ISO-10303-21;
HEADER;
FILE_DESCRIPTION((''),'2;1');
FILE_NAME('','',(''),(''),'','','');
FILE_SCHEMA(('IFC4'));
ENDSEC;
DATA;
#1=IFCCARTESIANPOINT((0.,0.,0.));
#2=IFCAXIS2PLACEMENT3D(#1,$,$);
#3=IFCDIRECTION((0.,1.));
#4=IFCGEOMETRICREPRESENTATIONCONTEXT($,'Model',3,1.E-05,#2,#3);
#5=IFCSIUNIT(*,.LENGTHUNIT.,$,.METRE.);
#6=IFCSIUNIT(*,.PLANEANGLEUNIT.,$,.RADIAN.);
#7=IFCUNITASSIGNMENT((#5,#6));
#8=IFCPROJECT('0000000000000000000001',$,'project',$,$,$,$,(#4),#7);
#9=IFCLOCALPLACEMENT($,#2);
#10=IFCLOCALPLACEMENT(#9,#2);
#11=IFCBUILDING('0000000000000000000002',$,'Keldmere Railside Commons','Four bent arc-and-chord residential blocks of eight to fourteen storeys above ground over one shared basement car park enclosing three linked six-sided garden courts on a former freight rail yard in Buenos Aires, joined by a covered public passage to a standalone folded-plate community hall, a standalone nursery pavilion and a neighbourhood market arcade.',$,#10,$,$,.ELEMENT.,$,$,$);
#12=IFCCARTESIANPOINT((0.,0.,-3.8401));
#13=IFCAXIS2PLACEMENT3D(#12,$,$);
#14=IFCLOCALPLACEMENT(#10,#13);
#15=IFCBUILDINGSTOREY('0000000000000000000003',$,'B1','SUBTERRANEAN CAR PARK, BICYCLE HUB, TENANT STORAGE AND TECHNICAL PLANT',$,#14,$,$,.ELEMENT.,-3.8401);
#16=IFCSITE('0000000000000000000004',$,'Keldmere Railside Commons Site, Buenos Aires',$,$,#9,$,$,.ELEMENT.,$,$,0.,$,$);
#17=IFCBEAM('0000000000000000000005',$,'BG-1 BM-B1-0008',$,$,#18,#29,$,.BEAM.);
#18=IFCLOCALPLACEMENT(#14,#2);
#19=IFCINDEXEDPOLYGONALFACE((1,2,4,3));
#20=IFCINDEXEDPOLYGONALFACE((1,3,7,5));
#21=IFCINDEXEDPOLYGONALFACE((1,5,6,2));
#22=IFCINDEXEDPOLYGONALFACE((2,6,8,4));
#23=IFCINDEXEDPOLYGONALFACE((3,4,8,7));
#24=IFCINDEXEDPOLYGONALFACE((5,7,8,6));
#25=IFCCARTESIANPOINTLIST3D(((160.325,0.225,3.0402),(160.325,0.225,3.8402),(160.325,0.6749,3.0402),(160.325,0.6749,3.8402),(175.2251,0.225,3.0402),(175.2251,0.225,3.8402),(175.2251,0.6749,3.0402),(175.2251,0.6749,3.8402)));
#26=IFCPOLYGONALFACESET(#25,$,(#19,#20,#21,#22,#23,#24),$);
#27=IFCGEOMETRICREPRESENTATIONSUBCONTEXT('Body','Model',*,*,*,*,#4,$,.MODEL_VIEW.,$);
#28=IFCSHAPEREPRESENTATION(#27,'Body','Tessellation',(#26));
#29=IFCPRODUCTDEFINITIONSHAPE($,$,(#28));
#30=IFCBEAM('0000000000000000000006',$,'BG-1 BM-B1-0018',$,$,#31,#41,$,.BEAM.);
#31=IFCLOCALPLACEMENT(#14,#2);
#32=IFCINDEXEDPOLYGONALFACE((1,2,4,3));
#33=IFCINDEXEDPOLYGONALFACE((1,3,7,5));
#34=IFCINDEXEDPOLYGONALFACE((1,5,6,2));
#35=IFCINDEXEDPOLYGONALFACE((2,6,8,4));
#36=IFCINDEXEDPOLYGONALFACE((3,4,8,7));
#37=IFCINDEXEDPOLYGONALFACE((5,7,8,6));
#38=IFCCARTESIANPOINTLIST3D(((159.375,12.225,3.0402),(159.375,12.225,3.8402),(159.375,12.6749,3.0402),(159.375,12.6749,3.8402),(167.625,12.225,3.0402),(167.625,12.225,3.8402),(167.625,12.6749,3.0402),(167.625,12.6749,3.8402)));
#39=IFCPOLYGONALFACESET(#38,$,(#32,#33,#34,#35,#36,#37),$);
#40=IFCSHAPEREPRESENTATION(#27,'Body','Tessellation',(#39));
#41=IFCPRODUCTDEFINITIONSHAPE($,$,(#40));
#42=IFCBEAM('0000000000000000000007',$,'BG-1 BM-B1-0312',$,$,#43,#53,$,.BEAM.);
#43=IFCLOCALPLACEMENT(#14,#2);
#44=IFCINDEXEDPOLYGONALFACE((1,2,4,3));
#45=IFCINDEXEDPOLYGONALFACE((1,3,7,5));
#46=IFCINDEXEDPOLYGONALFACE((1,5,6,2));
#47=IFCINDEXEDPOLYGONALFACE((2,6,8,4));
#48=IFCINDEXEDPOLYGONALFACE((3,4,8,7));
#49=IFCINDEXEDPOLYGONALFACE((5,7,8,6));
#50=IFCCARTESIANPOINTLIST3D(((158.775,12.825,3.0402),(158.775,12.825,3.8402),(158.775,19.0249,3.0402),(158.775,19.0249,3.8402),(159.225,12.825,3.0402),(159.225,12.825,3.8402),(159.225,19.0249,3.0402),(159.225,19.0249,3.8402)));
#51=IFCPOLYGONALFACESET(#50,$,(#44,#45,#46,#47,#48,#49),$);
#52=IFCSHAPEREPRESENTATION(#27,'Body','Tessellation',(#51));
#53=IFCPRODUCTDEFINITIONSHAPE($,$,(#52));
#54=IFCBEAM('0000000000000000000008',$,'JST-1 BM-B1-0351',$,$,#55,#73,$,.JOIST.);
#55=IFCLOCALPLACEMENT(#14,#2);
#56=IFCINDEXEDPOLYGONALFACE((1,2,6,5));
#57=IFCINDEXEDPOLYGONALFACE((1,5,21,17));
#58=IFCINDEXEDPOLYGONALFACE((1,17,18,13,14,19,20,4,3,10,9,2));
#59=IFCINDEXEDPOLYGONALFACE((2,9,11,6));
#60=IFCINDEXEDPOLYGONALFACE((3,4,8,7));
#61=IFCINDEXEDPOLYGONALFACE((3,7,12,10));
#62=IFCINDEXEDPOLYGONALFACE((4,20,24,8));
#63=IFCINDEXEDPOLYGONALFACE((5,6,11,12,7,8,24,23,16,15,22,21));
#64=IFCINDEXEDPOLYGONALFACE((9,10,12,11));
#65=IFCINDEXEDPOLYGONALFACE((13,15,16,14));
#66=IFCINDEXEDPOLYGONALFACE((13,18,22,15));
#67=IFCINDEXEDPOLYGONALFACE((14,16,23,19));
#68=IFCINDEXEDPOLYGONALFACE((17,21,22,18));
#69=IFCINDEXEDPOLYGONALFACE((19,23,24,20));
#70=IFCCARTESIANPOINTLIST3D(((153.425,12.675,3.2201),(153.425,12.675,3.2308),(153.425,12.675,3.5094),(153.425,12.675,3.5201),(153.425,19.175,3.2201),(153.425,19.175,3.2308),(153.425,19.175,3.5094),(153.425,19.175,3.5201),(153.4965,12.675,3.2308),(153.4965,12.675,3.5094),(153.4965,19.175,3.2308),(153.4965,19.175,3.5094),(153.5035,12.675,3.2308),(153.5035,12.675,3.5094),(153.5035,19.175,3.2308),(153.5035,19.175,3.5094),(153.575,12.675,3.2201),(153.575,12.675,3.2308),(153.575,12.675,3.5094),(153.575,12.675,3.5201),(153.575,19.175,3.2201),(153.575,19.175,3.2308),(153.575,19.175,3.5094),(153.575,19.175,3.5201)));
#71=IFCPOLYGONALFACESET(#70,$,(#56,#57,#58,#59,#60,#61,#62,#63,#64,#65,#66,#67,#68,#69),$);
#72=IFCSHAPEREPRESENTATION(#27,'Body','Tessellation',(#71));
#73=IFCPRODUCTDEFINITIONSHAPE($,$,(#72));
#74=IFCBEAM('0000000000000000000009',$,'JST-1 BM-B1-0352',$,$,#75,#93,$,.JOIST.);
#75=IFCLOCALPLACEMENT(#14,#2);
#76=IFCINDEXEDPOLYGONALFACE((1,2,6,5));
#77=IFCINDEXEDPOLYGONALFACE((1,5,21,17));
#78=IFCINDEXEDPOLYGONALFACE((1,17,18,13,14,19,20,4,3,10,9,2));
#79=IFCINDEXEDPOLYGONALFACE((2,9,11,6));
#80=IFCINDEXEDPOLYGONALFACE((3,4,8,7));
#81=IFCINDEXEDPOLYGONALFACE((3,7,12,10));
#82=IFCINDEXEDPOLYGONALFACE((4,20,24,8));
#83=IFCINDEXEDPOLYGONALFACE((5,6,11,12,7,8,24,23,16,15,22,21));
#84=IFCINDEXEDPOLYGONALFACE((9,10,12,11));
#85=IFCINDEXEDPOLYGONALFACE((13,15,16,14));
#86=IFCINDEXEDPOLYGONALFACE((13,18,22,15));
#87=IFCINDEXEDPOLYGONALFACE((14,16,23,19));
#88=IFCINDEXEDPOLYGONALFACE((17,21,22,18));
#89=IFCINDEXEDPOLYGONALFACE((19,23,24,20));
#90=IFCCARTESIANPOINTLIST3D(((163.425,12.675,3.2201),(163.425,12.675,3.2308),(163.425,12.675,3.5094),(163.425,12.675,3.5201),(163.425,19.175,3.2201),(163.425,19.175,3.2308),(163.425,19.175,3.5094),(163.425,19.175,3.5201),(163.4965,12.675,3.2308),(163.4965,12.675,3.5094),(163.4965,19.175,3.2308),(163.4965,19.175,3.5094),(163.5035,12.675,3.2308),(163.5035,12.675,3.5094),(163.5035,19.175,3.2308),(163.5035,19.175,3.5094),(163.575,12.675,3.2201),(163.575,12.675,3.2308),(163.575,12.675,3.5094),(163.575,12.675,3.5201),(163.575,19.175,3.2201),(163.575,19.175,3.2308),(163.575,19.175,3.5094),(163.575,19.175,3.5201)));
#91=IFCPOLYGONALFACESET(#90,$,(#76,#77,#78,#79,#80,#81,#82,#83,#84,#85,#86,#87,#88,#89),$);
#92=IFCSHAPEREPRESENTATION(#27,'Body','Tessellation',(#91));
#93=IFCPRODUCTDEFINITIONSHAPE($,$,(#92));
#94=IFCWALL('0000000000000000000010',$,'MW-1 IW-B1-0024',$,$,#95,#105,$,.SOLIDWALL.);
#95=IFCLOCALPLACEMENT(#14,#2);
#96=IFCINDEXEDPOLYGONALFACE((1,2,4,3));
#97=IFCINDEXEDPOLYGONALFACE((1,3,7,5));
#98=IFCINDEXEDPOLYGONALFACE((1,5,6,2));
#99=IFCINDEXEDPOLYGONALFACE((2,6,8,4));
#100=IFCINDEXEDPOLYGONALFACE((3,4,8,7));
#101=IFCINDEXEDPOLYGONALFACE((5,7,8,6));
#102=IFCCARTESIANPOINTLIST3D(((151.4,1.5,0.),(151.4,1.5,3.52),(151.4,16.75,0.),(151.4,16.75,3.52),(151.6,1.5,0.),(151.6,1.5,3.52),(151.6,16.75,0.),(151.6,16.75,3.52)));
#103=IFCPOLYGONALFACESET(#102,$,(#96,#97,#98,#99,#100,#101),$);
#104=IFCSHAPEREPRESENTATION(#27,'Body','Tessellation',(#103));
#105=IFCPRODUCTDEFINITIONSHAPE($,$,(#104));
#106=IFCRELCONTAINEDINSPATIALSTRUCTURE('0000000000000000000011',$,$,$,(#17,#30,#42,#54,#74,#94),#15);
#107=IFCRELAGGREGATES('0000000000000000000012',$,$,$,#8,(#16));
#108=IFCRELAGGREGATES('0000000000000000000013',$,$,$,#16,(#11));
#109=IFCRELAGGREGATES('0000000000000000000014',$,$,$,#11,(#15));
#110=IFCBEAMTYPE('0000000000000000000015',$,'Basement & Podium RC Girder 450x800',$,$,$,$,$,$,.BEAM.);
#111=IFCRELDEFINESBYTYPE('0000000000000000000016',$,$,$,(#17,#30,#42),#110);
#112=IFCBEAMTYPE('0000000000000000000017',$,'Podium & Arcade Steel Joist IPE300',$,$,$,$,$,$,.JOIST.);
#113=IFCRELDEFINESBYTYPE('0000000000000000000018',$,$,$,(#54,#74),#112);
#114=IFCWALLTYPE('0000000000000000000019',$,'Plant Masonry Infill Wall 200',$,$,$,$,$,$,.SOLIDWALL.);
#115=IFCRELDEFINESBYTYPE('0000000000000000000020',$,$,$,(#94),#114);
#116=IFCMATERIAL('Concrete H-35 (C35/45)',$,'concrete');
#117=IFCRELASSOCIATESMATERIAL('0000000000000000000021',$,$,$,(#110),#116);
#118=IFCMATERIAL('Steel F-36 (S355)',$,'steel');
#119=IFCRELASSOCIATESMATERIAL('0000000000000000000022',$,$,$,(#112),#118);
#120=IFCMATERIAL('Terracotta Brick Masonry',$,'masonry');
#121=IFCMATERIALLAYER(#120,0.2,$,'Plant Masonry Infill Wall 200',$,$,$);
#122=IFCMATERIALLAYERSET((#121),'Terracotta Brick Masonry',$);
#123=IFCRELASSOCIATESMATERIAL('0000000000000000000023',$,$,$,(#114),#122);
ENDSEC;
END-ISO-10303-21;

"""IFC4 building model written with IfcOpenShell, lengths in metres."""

from ifc_helpers import new_model, si_unit, direction, frame, frame_2d, origin, origin_2d, place, context, subcontext, project, spatial, rectangle, i_section, extrude, material, layer, layer_set, material_profile, profile_set, type_object, element, save


model = new_model("IFC4")

# Units and contexts
model_context = context("Model", 3, precision=1e-05, world=origin(), true_north=direction((0.0, 1.0)))
body_context = subcontext(model_context, "Body", "Model", "MODEL_VIEW")
ifc_project = project(units=[si_unit("LENGTHUNIT", "METRE"), si_unit("PLANEANGLEUNIT", "RADIAN")], contexts=[model_context])

# Site, building, storey
site_placement = place(None, origin())
site = spatial("IfcSite", under=ifc_project, at=site_placement, Name="Keldmere Railside Commons Site, Buenos Aires", CompositionType="ELEMENT", RefElevation=0.0)
building_placement = place(site_placement, origin())
building = spatial("IfcBuilding", under=site, at=building_placement, Name="Keldmere Railside Commons", Description="Four bent arc-and-chord residential blocks of eight to fourteen storeys above ground over one shared basement car park enclosing three linked six-sided garden courts on a former freight rail yard in Buenos Aires, joined by a covered public passage to a standalone folded-plate community hall, a standalone nursery pavilion and a neighbourhood market arcade.", CompositionType="ELEMENT")
storey_placement = place(building_placement, frame((0.0, 0.0, -3.8401)))
storey = spatial("IfcBuildingStorey", under=building, at=storey_placement, Name="B1", Description="SUBTERRANEAN CAR PARK, BICYCLE HUB, TENANT STORAGE AND TECHNICAL PLANT", CompositionType="ELEMENT", Elevation=-3.8401)

# Beams
ifc_material_1 = material(Name="Concrete H-35 (C35/45)", Category="concrete")
ifc_material_profile_1 = material_profile(ifc_material_1, rectangle(XDim=0.45, YDim=0.8, at=origin_2d()), Name="RC-450x800")
ifc_profile_set_1 = profile_set([ifc_material_profile_1], Name="Concrete H-35 (C35/45)")
beam_type_1 = type_object("IfcBeamType", Name="Basement & Podium RC Girder 450x800", PredefinedType="BEAM", material=ifc_profile_set_1)
beam_1_placement = place(storey_placement, frame((160.325, 0.45, 3.4402), z_axis=(1.0, 0.0, 0.0), x_axis=(0.0, 1.0, 0.0)))
element("IfcBeam", 1, at=beam_1_placement, inside=storey, type_object=beam_type_1, Name="BG-1 BM-B1-0008", PredefinedType="BEAM", context=body_context, shape_type="SweptSolid", body=[
    extrude(rectangle(XDim=0.45, YDim=0.8, at=origin_2d()), origin(), (0.0, 0.0, 1.0), 14.9001),
])
beam_2_placement = place(storey_placement, frame((159.375, 12.45, 3.4402), z_axis=(1.0, 0.0, 0.0), x_axis=(0.0, 1.0, 0.0)))
element("IfcBeam", 2, at=beam_2_placement, inside=storey, type_object=beam_type_1, Name="BG-1 BM-B1-0018", PredefinedType="BEAM", context=body_context, shape_type="SweptSolid", body=[
    extrude(rectangle(XDim=0.45, YDim=0.8, at=origin_2d()), origin(), (0.0, 0.0, 1.0), 8.25),
])
beam_3_placement = place(storey_placement, frame((159.0, 12.825, 3.4402), z_axis=(0.0, 1.0, 0.0), x_axis=(-1.0, 0.0, 0.0)))
element("IfcBeam", 3, at=beam_3_placement, inside=storey, type_object=beam_type_1, Name="BG-1 BM-B1-0312", PredefinedType="BEAM", context=body_context, shape_type="SweptSolid", body=[
    extrude(rectangle(XDim=0.45, YDim=0.8, at=origin_2d()), origin(), (0.0, 0.0, 1.0), 6.2),
])
ifc_material_2 = material(Name="Steel F-36 (S355)", Category="steel")
ifc_material_profile_2 = material_profile(ifc_material_2, i_section(OverallWidth=0.1499, OverallDepth=0.3, WebThickness=0.0071, FlangeThickness=0.0107, at=origin_2d()), Name="IPE-300")
ifc_profile_set_2 = profile_set([ifc_material_profile_2], Name="Steel F-36 (S355)")
beam_type_2 = type_object("IfcBeamType", Name="Podium & Arcade Steel Joist IPE300", PredefinedType="JOIST", material=ifc_profile_set_2)
for number, where, z_axis, x_axis, name in (
    (4, (153.5, 12.675, 3.3701), (0.0, 1.0, 0.0), (-1.0, 0.0, 0.0), "JST-1 BM-B1-0351"),
    (5, (163.5, 12.675, 3.3701), (0.0, 1.0, 0.0), (-1.0, 0.0, 0.0), "JST-1 BM-B1-0352"),
):
    element("IfcBeam", number, at=place(storey_placement, frame(where, z_axis=z_axis, x_axis=x_axis)), inside=storey, type_object=beam_type_2, Name=name, PredefinedType="JOIST", context=body_context, shape_type="SweptSolid", body=[
        extrude(i_section(OverallWidth=0.1499, OverallDepth=0.3, WebThickness=0.0071, FlangeThickness=0.0107, at=origin_2d()), origin(), (0.0, 0.0, 1.0), 6.5),
    ])

# Wall
ifc_material_3 = material(Name="Terracotta Brick Masonry", Category="masonry")
ifc_layer = layer(ifc_material_3, 0.2, Name="Plant Masonry Infill Wall 200")
ifc_layer_set = layer_set([ifc_layer], Name="Terracotta Brick Masonry")
wall_type = type_object("IfcWallType", Name="Plant Masonry Infill Wall 200", PredefinedType="SOLIDWALL", material=ifc_layer_set)
wall_placement = place(storey_placement, frame((151.5, 16.75, 0.0), z_axis=(0.0, 0.0, 1.0), x_axis=(0.0, -1.0, 0.0)))
element("IfcWall", 6, at=wall_placement, inside=storey, type_object=wall_type, Name="MW-1 IW-B1-0024", PredefinedType="SOLIDWALL", context=body_context, shape_type="SweptSolid", body=[
    extrude(rectangle(XDim=15.25, YDim=0.2, at=frame_2d((7.625, 0.0))), origin(), (0.0, 0.0, 1.0), 3.52),
])

save(model, "model.ifc")
